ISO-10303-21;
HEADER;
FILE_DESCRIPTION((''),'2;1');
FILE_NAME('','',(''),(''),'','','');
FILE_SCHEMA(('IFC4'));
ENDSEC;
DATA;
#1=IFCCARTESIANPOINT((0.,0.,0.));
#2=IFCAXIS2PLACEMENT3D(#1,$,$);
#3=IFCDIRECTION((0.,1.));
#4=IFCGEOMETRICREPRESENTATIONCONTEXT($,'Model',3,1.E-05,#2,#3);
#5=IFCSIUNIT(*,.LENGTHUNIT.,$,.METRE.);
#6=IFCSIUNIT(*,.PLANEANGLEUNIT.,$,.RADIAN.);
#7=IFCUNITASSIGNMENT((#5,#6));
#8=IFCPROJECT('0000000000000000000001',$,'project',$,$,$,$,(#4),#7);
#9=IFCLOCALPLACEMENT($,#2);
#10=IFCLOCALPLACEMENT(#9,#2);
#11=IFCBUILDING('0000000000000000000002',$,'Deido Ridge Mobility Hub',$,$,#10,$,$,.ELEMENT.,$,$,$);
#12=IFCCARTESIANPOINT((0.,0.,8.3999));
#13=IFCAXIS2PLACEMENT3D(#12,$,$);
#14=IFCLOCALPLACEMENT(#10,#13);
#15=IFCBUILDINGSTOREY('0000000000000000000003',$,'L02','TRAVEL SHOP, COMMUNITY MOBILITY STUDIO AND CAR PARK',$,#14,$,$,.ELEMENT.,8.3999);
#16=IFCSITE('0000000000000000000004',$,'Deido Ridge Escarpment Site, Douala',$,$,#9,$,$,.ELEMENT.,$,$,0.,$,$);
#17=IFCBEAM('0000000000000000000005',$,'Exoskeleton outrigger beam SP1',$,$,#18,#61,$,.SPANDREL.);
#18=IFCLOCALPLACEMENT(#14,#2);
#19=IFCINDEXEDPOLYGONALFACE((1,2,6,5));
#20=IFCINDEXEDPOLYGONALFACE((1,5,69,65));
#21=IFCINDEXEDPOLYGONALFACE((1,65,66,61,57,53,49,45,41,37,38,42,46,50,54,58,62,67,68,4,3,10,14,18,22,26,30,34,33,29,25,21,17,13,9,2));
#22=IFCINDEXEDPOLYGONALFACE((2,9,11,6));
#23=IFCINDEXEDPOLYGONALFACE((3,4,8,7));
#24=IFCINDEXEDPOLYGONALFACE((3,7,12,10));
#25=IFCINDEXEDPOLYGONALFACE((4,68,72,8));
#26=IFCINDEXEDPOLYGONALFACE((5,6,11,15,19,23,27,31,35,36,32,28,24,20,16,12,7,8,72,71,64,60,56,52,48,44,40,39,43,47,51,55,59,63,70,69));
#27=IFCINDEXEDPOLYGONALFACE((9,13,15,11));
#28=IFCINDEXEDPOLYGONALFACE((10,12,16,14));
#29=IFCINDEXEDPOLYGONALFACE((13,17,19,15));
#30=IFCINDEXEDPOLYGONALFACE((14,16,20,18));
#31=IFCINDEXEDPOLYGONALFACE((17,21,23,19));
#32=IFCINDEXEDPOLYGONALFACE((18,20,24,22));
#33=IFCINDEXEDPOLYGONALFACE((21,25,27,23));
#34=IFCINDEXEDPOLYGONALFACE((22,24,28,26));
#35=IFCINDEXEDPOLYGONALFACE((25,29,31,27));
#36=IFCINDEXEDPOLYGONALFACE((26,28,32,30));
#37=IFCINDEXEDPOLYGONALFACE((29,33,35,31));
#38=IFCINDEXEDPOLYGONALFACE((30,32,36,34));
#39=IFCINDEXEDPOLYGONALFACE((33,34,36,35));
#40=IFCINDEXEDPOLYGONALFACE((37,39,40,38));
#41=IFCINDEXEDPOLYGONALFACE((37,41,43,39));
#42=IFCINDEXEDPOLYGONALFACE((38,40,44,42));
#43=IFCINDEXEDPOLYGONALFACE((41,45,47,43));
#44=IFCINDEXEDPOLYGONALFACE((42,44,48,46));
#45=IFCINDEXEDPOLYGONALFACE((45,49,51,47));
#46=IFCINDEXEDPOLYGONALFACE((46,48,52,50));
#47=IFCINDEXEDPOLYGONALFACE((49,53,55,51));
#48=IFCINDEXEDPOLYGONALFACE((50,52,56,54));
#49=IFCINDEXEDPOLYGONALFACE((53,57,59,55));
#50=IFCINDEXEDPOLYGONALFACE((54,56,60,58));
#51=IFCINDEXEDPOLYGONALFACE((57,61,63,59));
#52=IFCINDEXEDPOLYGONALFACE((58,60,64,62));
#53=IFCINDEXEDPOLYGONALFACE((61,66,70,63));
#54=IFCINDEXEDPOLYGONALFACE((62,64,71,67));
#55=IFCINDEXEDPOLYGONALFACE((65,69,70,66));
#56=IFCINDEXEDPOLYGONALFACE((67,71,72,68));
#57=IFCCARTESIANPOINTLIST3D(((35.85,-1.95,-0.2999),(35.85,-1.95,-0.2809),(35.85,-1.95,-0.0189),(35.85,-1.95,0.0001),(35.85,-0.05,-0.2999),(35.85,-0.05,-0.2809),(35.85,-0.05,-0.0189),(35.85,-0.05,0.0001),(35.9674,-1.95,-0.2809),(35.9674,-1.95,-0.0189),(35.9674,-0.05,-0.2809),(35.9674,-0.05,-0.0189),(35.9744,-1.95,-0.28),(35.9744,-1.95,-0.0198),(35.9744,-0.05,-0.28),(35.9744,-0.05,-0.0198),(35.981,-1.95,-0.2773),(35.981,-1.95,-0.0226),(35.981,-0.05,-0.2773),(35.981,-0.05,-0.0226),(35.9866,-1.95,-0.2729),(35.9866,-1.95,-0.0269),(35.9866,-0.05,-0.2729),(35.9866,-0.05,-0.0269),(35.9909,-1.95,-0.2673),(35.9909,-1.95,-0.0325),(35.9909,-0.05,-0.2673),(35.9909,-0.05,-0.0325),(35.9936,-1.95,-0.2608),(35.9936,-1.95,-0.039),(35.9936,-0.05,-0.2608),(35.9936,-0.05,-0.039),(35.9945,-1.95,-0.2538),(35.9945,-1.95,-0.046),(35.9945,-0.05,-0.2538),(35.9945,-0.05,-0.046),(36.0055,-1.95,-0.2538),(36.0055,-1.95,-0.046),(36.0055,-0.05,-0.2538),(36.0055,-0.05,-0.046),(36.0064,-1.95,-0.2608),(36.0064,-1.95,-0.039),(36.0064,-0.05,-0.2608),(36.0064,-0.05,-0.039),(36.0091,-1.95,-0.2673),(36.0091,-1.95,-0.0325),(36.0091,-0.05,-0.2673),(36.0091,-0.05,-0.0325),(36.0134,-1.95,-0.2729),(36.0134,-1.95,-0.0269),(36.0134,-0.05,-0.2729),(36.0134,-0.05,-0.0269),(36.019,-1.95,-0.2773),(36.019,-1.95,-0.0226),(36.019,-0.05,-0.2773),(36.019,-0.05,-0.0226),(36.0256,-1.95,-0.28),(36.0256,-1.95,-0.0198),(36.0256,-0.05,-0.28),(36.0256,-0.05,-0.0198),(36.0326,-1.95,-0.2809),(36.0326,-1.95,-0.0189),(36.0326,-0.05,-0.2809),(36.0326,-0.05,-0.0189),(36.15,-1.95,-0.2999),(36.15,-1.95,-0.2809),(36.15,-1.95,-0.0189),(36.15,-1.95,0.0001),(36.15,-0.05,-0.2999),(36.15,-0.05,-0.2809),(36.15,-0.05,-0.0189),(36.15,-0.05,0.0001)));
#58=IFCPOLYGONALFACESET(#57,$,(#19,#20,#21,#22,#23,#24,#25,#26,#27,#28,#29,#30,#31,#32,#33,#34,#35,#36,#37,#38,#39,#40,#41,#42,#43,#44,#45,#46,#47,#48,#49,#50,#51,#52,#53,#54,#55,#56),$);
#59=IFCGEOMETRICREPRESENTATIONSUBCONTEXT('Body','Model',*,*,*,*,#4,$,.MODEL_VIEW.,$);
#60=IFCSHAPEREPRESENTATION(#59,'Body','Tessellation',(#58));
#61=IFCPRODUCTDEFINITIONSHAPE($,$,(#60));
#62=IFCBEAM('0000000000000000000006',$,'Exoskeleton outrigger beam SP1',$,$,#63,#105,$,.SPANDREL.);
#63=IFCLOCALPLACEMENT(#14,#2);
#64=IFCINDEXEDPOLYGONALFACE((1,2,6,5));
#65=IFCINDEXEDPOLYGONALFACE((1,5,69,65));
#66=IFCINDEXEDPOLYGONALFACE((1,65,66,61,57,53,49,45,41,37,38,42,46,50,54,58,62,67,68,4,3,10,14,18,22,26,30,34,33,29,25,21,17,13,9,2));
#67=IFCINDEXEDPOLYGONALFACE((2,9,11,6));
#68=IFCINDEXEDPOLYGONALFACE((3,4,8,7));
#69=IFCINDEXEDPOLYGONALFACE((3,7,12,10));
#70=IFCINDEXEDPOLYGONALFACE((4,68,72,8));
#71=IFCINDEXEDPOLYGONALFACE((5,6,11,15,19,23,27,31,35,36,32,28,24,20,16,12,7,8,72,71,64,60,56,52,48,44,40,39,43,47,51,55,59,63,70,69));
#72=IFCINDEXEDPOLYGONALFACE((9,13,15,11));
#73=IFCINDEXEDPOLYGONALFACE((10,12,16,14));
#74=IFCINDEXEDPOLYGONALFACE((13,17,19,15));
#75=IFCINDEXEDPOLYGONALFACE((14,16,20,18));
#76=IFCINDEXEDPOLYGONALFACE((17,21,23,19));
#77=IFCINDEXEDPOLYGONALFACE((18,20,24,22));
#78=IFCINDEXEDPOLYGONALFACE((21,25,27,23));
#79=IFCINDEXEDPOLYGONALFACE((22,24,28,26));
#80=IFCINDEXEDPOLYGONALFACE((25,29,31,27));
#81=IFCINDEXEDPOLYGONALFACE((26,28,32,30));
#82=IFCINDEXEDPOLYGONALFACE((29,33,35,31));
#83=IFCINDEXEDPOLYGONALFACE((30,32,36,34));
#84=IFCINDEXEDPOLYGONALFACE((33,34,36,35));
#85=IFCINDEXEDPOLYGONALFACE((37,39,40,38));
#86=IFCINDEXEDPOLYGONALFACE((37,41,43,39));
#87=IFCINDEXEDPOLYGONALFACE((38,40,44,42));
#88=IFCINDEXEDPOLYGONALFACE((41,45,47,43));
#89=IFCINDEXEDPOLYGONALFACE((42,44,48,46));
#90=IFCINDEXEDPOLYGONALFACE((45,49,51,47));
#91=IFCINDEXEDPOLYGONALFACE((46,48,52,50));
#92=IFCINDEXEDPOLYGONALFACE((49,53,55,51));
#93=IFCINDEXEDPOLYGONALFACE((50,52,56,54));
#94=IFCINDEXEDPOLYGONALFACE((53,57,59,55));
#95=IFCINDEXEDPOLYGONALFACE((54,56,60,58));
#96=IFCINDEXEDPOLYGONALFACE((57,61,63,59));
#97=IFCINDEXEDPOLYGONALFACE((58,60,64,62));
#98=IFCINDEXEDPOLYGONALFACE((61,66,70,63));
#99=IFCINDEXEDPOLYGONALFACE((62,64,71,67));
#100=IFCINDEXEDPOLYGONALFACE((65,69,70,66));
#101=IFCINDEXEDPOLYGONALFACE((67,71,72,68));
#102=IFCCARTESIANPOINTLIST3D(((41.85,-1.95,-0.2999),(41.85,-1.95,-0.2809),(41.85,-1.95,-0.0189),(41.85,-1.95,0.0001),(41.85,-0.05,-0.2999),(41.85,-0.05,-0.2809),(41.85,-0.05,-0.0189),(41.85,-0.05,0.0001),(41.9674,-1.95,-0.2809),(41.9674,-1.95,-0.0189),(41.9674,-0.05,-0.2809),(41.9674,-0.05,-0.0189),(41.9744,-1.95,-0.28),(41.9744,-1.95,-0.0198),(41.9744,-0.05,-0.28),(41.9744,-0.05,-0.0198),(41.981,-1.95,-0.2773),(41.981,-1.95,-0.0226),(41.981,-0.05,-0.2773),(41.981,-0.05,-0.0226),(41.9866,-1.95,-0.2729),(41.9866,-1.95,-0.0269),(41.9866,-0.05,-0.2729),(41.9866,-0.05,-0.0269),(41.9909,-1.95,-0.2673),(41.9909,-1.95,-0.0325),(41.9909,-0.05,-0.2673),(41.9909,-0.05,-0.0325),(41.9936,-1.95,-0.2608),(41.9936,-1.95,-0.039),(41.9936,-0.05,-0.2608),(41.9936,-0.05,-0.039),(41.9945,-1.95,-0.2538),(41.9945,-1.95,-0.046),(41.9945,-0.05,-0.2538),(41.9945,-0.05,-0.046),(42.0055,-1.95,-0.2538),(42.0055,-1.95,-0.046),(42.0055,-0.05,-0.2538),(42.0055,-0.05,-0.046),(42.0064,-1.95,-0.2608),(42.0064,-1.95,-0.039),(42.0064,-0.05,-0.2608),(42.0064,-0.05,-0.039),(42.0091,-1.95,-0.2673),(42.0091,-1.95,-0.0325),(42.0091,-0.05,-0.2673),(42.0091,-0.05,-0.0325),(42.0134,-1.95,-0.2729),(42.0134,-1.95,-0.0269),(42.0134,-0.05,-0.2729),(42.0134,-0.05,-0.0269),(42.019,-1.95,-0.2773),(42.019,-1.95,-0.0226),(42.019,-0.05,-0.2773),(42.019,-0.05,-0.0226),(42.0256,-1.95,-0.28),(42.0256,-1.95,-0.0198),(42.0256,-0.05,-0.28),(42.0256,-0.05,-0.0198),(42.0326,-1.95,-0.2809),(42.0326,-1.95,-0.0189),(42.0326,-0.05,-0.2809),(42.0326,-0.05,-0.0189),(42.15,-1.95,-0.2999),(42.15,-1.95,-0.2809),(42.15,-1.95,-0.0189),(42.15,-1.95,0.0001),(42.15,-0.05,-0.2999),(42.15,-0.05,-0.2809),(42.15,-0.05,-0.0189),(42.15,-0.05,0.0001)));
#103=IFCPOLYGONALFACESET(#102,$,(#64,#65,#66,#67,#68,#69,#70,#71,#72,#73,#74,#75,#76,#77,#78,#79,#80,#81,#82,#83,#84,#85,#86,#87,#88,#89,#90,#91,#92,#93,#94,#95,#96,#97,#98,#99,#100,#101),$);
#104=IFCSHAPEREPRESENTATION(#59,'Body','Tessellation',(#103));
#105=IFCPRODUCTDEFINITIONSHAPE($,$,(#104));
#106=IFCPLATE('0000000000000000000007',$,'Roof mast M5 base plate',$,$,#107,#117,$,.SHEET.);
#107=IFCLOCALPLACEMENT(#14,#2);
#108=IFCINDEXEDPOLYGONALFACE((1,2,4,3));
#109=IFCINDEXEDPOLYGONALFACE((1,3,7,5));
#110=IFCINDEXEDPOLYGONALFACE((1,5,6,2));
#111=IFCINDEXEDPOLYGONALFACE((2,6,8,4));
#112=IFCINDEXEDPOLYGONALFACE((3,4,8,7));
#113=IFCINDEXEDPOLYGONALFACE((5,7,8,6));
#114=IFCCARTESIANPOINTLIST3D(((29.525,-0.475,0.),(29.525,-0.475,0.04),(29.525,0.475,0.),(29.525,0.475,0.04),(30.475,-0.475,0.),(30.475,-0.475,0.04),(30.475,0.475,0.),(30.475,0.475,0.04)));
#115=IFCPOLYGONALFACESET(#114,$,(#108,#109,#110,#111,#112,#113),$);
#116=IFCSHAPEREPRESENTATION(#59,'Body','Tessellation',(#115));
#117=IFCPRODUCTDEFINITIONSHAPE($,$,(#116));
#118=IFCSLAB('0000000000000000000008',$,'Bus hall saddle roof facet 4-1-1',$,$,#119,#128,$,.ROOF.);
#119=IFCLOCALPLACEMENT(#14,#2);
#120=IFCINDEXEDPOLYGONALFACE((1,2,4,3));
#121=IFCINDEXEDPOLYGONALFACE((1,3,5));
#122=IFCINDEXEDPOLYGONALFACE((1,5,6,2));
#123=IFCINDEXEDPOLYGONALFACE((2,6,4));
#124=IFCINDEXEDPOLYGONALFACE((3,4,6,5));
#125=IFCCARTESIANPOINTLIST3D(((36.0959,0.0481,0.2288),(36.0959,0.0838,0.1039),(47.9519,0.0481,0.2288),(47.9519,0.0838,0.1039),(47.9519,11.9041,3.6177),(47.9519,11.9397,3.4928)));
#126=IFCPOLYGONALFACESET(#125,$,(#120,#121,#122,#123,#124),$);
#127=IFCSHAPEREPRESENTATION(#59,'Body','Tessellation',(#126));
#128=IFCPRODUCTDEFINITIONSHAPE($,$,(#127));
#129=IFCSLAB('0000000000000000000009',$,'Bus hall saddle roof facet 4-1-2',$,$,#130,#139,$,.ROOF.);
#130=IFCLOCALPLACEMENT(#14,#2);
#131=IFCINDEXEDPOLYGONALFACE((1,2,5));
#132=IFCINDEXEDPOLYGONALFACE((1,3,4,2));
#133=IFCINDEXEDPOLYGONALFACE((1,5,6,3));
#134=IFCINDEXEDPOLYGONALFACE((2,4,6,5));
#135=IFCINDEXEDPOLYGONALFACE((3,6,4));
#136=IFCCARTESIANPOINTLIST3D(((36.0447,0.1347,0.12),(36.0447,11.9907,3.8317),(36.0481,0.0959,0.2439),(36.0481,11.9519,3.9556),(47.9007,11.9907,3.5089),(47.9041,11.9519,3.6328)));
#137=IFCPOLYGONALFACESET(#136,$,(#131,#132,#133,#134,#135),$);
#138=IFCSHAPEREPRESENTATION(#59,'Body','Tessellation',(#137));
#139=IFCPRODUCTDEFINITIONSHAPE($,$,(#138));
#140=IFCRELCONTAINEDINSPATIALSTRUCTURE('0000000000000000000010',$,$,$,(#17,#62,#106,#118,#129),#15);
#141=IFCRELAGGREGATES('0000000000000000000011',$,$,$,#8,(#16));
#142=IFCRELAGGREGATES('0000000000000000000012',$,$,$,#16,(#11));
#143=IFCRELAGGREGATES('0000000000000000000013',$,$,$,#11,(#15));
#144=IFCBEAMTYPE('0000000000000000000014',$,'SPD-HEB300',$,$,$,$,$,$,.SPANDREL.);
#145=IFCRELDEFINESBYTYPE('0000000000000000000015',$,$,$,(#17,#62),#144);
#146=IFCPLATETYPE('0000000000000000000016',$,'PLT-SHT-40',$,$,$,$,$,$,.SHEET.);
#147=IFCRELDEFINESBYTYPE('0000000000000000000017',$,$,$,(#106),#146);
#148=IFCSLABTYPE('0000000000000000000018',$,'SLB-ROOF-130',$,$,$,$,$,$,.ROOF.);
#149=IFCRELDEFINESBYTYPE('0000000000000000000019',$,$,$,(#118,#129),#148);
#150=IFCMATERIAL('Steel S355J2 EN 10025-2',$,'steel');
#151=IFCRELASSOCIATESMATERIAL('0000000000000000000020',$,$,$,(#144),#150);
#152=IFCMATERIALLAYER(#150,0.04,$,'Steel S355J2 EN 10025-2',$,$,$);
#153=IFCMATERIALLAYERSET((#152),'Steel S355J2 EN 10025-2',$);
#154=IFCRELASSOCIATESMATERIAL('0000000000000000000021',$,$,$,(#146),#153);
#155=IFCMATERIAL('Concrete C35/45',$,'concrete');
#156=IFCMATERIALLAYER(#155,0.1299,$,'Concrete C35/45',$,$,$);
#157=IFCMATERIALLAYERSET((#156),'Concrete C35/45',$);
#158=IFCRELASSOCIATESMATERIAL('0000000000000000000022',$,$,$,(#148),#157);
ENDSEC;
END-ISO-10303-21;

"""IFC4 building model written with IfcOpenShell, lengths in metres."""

from ifc_helpers import new_model, si_unit, direction, frame, origin, origin_2d, place, context, subcontext, project, spatial, polyline, rectangle, i_section, outline, extrude, material, layer, layer_set, material_profile, profile_set, type_object, element, save


model = new_model("IFC4")

# Units and contexts
model_context = context("Model", 3, precision=1e-05, world=origin(), true_north=direction((0.0, 1.0)))
body_context = subcontext(model_context, "Body", "Model", "MODEL_VIEW")
ifc_project = project(units=[si_unit("LENGTHUNIT", "METRE"), si_unit("PLANEANGLEUNIT", "RADIAN")], contexts=[model_context])

# Site, building, storey
site_placement = place(None, origin())
site = spatial("IfcSite", under=ifc_project, at=site_placement, Name="Deido Ridge Escarpment Site, Douala", CompositionType="ELEMENT", RefElevation=0.0)
building_placement = place(site_placement, origin())
building = spatial("IfcBuilding", under=site, at=building_placement, Name="Deido Ridge Mobility Hub", CompositionType="ELEMENT")
storey_placement = place(building_placement, frame((0.0, 0.0, 8.3999)))
storey = spatial("IfcBuildingStorey", under=building, at=storey_placement, Name="L02", Description="TRAVEL SHOP, COMMUNITY MOBILITY STUDIO AND CAR PARK", CompositionType="ELEMENT", Elevation=8.3999)

# Shared definitions
ifc_material_1 = material(Name="Steel S355J2 EN 10025-2", Category="steel")

# Beams
ifc_material_profile_1 = material_profile(ifc_material_1, i_section(OverallWidth=0.3, OverallDepth=0.3, WebThickness=0.011, FlangeThickness=0.019, FilletRadius=0.0271, at=origin_2d()), Name="HEB 300")
ifc_profile_set_1 = profile_set([ifc_material_profile_1], Name="Steel S355J2 EN 10025-2")
beam_type_1 = type_object("IfcBeamType", Name="SPD-HEB300", PredefinedType="SPANDREL", material=ifc_profile_set_1)
for number, where, z_axis, x_axis, name in (
    (1, (36.0, -0.05, -0.1499), (0.0, -1.0, 0.0), (1.0, 0.0, 0.0), "Exoskeleton outrigger beam SP1"),
    (2, (42.0, -0.05, -0.1499), (0.0, -1.0, 0.0), (1.0, 0.0, 0.0), "Exoskeleton outrigger beam SP1"),
):
    element("IfcBeam", number, at=place(storey_placement, frame(where, z_axis=z_axis, x_axis=x_axis)), inside=storey, type_object=beam_type_1, Name=name, PredefinedType="SPANDREL", context=body_context, shape_type="SweptSolid", body=[
        extrude(i_section(OverallWidth=0.3, OverallDepth=0.3, WebThickness=0.011, FlangeThickness=0.019, FilletRadius=0.0271, at=origin_2d()), origin(), (0.0, 0.0, 1.0), 1.8999),
    ])

# Plate
ifc_layer_1 = layer(ifc_material_1, 0.04, Name="Steel S355J2 EN 10025-2")
ifc_layer_set_1 = layer_set([ifc_layer_1], Name="Steel S355J2 EN 10025-2")
plate_type = type_object("IfcPlateType", Name="PLT-SHT-40", PredefinedType="SHEET", material=ifc_layer_set_1)
plate_placement = place(storey_placement, frame((30.0, 0.0, 0.0), z_axis=(0.0, 0.0, 1.0), x_axis=(1.0, 0.0, 0.0)))
element("IfcPlate", 3, at=plate_placement, inside=storey, type_object=plate_type, Name="Roof mast M5 base plate", PredefinedType="SHEET", context=body_context, shape_type="SweptSolid", body=[
    extrude(rectangle(XDim=0.95, YDim=0.95, at=origin_2d()), origin(), (0.0, 0.0, 1.0), 0.04),
])

# Slabs
ifc_material_2 = material(Name="Concrete C35/45", Category="concrete")
ifc_layer_2 = layer(ifc_material_2, 0.1299, Name="Concrete C35/45")
ifc_layer_set_2 = layer_set([ifc_layer_2], Name="Concrete C35/45")
slab_type = type_object("IfcSlabType", Name="SLB-ROOF-130", PredefinedType="ROOF", material=ifc_layer_set_2)
slab_1_placement = place(storey_placement, frame((36.0959, 0.0481, 0.2288), z_axis=(0.0, -0.274834, 0.961492), x_axis=(1.0, 0.0, 0.0)))
element("IfcSlab", 4, at=slab_1_placement, inside=storey, type_object=slab_type, Name="Bus hall saddle roof facet 4-1-1", PredefinedType="ROOF", context=body_context, shape_type="SweptSolid", body=[
    extrude(outline(polyline([(0.0, 0.0), (11.856, 0.0), (11.856, 12.3308), (0.0, 0.0)])), origin(), (0.0, 0.0, -1.0), 0.1299),
])
slab_2_placement = place(storey_placement, frame((36.0481, 0.0959, 0.2439), z_axis=(0.025971, -0.298664, 0.954005), x_axis=(0.693091, 0.693091, 0.198114)))
element("IfcSlab", 5, at=slab_2_placement, inside=storey, type_object=slab_type, Name="Bus hall saddle roof facet 4-1-2", PredefinedType="ROOF", context=body_context, shape_type="SweptSolid", body=[
    extrude(outline(polyline([(0.0, 0.0), (17.1059, 0.0), (8.9526, 8.6134), (0.0, 0.0)])), origin(), (0.0, 0.0, -1.0), 0.1299),
])

save(model, "model.ifc")
